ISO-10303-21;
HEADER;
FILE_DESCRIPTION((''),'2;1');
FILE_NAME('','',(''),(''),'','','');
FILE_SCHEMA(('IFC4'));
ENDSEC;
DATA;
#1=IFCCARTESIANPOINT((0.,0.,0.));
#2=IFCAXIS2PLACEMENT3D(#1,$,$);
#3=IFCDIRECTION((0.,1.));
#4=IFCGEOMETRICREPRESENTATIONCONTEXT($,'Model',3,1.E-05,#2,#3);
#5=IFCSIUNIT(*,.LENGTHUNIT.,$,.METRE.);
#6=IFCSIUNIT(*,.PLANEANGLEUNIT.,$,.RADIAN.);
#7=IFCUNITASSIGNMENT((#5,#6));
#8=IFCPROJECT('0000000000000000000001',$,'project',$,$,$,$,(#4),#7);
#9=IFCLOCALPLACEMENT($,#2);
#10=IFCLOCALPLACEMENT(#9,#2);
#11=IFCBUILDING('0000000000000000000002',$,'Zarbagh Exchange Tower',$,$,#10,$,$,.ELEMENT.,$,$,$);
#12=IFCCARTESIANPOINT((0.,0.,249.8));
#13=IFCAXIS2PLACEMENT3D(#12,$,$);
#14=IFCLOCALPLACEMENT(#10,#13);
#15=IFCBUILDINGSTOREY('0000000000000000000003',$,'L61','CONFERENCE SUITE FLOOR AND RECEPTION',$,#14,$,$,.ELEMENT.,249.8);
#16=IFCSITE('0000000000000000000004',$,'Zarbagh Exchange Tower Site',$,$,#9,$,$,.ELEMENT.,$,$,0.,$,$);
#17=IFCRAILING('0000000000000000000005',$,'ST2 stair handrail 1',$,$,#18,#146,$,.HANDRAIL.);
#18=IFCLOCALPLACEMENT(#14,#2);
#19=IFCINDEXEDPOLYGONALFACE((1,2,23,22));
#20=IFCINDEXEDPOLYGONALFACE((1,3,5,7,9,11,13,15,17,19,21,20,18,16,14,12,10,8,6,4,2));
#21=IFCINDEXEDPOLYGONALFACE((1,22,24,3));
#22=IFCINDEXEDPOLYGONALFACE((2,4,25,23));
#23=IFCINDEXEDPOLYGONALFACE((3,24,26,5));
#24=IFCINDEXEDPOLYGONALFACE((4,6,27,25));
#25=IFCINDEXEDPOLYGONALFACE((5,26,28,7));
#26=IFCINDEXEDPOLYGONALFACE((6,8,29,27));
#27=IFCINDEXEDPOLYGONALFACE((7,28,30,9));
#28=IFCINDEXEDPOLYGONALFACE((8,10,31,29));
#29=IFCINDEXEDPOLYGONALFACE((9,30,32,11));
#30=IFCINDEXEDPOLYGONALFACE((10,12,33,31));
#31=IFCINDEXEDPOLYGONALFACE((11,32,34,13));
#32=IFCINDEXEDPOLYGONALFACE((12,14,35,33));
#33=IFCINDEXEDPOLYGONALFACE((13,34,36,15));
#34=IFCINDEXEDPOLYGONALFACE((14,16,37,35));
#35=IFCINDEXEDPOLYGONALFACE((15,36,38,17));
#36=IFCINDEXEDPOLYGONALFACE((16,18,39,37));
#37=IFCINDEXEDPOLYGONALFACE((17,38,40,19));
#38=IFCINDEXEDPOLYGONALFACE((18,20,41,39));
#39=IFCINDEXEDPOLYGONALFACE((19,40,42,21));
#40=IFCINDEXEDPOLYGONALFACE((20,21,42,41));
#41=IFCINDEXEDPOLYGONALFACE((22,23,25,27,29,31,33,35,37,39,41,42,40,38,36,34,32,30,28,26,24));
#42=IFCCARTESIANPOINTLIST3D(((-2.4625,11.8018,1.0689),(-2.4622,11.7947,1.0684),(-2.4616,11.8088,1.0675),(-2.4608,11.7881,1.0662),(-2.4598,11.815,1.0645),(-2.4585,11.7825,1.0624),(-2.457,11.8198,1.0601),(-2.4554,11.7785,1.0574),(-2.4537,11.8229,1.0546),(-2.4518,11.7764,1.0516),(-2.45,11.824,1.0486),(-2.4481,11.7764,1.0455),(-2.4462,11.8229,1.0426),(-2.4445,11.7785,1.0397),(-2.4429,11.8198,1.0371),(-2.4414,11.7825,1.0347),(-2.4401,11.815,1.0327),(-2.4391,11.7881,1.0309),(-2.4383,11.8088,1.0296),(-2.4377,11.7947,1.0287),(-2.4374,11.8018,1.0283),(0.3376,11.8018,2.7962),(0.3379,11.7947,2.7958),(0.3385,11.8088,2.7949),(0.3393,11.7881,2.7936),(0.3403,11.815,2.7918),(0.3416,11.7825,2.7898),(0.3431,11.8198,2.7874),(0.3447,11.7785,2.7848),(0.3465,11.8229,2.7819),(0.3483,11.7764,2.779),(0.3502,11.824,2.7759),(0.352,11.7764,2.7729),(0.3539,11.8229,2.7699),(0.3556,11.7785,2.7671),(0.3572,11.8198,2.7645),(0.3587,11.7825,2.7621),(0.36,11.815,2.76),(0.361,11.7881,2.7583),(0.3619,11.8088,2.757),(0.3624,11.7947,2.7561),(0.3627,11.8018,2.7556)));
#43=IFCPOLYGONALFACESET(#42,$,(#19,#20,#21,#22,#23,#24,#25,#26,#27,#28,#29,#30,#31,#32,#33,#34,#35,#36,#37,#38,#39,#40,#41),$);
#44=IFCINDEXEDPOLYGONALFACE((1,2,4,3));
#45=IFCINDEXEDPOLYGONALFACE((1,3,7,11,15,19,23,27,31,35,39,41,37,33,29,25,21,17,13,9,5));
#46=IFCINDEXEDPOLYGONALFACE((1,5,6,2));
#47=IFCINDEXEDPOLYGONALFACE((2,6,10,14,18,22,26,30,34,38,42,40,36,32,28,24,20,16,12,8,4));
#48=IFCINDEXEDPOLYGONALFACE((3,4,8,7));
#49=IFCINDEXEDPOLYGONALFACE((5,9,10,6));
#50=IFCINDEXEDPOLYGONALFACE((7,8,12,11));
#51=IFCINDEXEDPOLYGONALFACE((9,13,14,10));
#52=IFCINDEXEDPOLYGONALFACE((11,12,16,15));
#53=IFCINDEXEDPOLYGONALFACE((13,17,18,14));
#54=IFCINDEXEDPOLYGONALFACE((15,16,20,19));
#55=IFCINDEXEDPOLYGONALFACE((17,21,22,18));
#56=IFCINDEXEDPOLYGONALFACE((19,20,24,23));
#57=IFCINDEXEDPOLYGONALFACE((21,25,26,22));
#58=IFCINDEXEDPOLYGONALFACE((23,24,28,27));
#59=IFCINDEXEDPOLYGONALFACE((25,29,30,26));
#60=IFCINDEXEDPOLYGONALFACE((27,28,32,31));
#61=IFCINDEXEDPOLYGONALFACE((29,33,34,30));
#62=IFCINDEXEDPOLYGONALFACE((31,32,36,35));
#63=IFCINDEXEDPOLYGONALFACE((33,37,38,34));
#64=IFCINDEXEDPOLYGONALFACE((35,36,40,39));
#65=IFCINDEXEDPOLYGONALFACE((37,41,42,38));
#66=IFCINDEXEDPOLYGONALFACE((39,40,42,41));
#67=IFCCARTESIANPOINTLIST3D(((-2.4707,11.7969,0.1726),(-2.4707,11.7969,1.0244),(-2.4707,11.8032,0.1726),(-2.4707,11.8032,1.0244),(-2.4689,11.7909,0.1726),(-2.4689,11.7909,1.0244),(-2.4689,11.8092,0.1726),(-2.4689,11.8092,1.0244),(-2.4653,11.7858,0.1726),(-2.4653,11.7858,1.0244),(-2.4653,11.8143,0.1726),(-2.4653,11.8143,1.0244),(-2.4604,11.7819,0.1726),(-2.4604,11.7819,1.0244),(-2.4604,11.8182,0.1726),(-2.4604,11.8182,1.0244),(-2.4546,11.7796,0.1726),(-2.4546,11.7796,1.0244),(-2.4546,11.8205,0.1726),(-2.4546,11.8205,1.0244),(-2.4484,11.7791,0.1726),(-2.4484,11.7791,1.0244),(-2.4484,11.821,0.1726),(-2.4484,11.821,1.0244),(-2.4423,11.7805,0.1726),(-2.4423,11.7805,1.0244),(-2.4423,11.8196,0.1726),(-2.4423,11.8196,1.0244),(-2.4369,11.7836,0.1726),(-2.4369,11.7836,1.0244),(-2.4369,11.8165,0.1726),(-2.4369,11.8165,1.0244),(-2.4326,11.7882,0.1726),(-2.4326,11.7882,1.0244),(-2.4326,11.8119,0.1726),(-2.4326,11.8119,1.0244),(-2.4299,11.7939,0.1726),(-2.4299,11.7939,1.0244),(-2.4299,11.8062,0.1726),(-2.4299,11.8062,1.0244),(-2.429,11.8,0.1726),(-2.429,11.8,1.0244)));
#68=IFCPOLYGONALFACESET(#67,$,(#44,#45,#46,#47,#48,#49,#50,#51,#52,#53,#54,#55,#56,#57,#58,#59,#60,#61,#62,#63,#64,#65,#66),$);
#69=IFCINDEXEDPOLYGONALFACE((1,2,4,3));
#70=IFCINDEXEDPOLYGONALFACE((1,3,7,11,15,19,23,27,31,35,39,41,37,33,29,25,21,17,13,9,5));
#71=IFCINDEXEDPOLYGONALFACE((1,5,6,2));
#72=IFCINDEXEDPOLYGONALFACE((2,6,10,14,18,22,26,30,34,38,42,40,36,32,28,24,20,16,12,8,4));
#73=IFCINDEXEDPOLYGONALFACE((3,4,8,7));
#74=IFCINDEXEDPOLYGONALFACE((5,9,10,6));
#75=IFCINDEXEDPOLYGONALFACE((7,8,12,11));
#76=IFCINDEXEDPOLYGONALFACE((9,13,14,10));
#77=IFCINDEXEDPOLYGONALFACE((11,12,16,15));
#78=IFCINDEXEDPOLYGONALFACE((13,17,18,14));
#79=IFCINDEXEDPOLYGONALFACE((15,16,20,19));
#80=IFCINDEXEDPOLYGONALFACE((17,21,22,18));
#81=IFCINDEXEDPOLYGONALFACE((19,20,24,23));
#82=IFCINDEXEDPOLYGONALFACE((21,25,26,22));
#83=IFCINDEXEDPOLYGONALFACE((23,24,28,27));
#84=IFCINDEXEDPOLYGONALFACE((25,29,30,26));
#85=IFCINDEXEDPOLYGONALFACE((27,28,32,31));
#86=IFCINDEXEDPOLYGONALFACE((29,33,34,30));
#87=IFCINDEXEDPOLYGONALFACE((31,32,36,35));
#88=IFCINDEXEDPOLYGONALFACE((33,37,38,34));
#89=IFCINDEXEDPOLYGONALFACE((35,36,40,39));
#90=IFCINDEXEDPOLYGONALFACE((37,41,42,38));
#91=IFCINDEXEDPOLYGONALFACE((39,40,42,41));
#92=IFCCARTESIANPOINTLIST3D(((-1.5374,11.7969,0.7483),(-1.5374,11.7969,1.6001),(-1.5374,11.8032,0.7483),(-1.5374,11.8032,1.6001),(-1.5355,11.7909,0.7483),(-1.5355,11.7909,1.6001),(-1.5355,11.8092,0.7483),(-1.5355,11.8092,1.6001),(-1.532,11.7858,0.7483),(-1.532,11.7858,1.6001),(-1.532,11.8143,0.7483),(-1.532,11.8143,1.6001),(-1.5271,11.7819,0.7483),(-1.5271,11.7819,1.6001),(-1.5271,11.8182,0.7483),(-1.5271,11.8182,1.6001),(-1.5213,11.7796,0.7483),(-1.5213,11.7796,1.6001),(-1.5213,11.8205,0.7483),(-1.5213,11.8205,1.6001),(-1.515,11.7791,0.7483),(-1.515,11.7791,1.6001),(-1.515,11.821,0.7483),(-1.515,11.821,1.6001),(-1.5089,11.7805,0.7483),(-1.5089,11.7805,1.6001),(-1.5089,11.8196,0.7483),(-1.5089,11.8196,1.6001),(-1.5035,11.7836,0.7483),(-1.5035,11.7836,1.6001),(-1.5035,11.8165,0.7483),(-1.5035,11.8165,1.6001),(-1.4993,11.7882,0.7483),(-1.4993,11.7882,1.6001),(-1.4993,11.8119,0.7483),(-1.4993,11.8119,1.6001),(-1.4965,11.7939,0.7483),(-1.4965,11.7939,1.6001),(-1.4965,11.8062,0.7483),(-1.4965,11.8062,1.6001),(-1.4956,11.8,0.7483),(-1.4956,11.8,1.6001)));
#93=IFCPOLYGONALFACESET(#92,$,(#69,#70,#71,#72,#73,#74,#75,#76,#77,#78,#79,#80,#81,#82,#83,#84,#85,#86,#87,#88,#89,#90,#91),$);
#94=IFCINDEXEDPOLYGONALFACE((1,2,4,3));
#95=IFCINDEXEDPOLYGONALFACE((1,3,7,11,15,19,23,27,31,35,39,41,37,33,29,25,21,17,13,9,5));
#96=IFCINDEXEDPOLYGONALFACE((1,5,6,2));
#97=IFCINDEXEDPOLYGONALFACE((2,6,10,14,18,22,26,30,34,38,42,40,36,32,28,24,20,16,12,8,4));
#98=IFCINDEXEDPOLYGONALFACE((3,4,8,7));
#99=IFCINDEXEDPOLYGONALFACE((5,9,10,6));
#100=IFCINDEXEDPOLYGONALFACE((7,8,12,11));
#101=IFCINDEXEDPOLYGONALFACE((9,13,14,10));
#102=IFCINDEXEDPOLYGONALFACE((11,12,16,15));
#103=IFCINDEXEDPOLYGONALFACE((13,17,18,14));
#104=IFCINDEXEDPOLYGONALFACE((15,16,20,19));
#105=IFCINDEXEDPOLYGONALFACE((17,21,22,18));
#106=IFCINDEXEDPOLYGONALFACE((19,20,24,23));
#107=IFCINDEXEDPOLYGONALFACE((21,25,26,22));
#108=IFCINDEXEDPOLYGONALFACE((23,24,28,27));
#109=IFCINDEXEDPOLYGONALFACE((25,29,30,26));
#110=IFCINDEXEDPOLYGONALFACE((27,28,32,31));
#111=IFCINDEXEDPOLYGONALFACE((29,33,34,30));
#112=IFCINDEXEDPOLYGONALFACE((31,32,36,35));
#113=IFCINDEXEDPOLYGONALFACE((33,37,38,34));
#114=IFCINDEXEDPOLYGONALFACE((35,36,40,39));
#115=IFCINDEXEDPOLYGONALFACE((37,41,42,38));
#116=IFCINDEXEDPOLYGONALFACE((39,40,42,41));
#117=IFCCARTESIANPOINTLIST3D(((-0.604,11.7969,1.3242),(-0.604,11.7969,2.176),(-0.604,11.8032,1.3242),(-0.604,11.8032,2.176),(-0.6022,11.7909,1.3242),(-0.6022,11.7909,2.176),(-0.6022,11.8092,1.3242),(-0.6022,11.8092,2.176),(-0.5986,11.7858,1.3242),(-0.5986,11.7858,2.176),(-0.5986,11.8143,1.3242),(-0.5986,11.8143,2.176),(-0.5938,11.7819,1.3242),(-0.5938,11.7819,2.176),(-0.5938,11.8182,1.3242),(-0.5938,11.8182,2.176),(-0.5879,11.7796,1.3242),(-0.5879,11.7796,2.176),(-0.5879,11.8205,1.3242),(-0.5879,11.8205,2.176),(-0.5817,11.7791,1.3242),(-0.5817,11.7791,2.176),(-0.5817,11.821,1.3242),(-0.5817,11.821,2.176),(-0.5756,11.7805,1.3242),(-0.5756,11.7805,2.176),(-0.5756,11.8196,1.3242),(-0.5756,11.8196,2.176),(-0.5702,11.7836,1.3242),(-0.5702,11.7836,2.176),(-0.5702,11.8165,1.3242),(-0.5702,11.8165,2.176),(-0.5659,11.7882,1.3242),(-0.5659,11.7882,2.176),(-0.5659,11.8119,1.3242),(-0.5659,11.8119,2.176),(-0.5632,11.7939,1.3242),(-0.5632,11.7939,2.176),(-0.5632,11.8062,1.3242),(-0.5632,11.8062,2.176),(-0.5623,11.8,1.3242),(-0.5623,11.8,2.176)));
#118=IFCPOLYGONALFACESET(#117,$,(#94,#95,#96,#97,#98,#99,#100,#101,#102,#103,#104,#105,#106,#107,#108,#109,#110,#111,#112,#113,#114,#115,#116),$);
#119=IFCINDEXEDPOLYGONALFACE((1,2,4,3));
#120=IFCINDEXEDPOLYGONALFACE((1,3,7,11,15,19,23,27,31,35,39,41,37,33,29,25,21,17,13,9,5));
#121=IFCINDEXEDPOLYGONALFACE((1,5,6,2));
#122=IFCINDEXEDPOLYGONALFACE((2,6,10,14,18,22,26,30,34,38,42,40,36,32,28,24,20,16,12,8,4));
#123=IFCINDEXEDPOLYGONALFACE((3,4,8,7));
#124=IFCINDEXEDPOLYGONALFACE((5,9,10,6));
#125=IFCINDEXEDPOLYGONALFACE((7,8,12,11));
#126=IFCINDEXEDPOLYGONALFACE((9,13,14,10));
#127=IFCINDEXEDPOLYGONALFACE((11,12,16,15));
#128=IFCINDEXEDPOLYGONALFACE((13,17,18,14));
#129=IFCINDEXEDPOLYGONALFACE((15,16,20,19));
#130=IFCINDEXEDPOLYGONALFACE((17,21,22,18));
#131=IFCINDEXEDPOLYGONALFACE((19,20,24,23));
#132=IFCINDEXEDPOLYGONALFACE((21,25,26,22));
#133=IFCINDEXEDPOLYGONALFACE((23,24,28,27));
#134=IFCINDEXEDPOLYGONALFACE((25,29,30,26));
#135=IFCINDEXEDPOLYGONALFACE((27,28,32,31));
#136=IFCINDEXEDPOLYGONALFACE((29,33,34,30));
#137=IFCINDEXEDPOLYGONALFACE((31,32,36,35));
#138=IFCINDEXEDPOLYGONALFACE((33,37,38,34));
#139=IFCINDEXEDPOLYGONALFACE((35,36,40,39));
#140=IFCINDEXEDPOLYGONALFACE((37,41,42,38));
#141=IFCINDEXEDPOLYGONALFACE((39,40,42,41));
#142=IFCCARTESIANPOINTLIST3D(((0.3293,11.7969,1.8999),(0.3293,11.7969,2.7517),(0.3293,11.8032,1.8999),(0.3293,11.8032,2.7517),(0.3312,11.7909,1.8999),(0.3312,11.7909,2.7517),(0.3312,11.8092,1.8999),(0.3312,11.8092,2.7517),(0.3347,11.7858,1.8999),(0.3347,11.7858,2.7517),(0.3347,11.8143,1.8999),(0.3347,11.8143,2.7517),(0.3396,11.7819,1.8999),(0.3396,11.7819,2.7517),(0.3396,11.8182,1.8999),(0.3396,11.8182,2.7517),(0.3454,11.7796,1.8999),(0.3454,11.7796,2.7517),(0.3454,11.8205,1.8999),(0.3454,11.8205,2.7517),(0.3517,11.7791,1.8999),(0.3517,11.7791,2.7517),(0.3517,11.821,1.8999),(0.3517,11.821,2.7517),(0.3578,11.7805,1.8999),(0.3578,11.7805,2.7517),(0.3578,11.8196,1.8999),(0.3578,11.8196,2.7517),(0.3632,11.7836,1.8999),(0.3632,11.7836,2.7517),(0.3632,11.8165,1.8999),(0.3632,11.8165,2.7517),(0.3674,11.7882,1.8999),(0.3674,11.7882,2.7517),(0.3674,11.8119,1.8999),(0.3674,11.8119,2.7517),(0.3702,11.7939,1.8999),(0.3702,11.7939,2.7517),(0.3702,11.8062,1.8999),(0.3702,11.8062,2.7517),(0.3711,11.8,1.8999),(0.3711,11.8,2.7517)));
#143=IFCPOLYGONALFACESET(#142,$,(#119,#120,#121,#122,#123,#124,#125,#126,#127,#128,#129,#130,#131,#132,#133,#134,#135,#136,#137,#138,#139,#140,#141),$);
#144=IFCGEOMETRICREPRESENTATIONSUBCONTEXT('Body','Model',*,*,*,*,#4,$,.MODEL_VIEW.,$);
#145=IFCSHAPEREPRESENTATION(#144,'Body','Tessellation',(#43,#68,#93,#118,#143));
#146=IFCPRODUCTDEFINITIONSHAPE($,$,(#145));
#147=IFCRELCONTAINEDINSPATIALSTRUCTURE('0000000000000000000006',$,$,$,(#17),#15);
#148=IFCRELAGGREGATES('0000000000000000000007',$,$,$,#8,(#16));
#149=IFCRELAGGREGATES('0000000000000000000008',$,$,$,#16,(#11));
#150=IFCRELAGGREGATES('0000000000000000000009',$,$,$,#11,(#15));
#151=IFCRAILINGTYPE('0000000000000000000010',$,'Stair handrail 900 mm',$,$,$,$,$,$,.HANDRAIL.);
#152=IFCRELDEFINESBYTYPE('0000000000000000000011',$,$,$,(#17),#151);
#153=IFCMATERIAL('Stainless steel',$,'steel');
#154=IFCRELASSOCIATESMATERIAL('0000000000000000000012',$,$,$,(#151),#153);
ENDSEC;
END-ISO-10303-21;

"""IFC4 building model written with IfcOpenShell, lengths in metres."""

from ifc_helpers import new_model, si_unit, direction, frame, origin, origin_2d, place, context, subcontext, project, spatial, circle, extrude, material, type_object, element, save


model = new_model("IFC4")

# Units and contexts
model_context = context("Model", 3, precision=1e-05, world=origin(), true_north=direction((0.0, 1.0)))
body_context = subcontext(model_context, "Body", "Model", "MODEL_VIEW")
ifc_project = project(units=[si_unit("LENGTHUNIT", "METRE"), si_unit("PLANEANGLEUNIT", "RADIAN")], contexts=[model_context])

# Site, building, storey
site_placement = place(None, origin())
site = spatial("IfcSite", under=ifc_project, at=site_placement, Name="Zarbagh Exchange Tower Site", CompositionType="ELEMENT", RefElevation=0.0)
building_placement = place(site_placement, origin())
building = spatial("IfcBuilding", under=site, at=building_placement, Name="Zarbagh Exchange Tower", CompositionType="ELEMENT")
storey_placement = place(building_placement, frame((0.0, 0.0, 249.8)))
storey = spatial("IfcBuildingStorey", under=building, at=storey_placement, Name="L61", Description="CONFERENCE SUITE FLOOR AND RECEPTION", CompositionType="ELEMENT", Elevation=249.8)

# Railing
ifc_material_1 = material(Name="Stainless steel", Category="steel")
railing_type = type_object("IfcRailingType", Name="Stair handrail 900 mm", PredefinedType="HANDRAIL", material=ifc_material_1)
railing_1_placement = place(storey_placement, frame((-2.45, 11.8, 0.1726)))
element("IfcRailing", 1, at=railing_1_placement, inside=storey, type_object=railing_type, Name="ST2 stair handrail 1", PredefinedType="HANDRAIL", context=body_context, shape_type="SweptSolid", body=[
    extrude(circle(Radius=0.0239, at=origin_2d()), frame((0.0, 0.0, 0.876), z_axis=(0.85109, 0.0, 0.52502), x_axis=(0.0, 1.0, 0.0)), (0.0, 0.0, 1.0), 3.29),
    extrude(circle(Radius=0.021, at=origin_2d()), origin(), (0.0, 0.0, 1.0), 0.8518),
    extrude(circle(Radius=0.021, at=origin_2d()), frame((0.9333, 0.0, 0.5757)), (0.0, 0.0, 1.0), 0.8518),
    extrude(circle(Radius=0.021, at=origin_2d()), frame((1.8667, 0.0, 1.1516)), (0.0, 0.0, 1.0), 0.8518),
    extrude(circle(Radius=0.021, at=origin_2d()), frame((2.8, 0.0, 1.7273)), (0.0, 0.0, 1.0), 0.8518),
])

save(model, "model.ifc")
